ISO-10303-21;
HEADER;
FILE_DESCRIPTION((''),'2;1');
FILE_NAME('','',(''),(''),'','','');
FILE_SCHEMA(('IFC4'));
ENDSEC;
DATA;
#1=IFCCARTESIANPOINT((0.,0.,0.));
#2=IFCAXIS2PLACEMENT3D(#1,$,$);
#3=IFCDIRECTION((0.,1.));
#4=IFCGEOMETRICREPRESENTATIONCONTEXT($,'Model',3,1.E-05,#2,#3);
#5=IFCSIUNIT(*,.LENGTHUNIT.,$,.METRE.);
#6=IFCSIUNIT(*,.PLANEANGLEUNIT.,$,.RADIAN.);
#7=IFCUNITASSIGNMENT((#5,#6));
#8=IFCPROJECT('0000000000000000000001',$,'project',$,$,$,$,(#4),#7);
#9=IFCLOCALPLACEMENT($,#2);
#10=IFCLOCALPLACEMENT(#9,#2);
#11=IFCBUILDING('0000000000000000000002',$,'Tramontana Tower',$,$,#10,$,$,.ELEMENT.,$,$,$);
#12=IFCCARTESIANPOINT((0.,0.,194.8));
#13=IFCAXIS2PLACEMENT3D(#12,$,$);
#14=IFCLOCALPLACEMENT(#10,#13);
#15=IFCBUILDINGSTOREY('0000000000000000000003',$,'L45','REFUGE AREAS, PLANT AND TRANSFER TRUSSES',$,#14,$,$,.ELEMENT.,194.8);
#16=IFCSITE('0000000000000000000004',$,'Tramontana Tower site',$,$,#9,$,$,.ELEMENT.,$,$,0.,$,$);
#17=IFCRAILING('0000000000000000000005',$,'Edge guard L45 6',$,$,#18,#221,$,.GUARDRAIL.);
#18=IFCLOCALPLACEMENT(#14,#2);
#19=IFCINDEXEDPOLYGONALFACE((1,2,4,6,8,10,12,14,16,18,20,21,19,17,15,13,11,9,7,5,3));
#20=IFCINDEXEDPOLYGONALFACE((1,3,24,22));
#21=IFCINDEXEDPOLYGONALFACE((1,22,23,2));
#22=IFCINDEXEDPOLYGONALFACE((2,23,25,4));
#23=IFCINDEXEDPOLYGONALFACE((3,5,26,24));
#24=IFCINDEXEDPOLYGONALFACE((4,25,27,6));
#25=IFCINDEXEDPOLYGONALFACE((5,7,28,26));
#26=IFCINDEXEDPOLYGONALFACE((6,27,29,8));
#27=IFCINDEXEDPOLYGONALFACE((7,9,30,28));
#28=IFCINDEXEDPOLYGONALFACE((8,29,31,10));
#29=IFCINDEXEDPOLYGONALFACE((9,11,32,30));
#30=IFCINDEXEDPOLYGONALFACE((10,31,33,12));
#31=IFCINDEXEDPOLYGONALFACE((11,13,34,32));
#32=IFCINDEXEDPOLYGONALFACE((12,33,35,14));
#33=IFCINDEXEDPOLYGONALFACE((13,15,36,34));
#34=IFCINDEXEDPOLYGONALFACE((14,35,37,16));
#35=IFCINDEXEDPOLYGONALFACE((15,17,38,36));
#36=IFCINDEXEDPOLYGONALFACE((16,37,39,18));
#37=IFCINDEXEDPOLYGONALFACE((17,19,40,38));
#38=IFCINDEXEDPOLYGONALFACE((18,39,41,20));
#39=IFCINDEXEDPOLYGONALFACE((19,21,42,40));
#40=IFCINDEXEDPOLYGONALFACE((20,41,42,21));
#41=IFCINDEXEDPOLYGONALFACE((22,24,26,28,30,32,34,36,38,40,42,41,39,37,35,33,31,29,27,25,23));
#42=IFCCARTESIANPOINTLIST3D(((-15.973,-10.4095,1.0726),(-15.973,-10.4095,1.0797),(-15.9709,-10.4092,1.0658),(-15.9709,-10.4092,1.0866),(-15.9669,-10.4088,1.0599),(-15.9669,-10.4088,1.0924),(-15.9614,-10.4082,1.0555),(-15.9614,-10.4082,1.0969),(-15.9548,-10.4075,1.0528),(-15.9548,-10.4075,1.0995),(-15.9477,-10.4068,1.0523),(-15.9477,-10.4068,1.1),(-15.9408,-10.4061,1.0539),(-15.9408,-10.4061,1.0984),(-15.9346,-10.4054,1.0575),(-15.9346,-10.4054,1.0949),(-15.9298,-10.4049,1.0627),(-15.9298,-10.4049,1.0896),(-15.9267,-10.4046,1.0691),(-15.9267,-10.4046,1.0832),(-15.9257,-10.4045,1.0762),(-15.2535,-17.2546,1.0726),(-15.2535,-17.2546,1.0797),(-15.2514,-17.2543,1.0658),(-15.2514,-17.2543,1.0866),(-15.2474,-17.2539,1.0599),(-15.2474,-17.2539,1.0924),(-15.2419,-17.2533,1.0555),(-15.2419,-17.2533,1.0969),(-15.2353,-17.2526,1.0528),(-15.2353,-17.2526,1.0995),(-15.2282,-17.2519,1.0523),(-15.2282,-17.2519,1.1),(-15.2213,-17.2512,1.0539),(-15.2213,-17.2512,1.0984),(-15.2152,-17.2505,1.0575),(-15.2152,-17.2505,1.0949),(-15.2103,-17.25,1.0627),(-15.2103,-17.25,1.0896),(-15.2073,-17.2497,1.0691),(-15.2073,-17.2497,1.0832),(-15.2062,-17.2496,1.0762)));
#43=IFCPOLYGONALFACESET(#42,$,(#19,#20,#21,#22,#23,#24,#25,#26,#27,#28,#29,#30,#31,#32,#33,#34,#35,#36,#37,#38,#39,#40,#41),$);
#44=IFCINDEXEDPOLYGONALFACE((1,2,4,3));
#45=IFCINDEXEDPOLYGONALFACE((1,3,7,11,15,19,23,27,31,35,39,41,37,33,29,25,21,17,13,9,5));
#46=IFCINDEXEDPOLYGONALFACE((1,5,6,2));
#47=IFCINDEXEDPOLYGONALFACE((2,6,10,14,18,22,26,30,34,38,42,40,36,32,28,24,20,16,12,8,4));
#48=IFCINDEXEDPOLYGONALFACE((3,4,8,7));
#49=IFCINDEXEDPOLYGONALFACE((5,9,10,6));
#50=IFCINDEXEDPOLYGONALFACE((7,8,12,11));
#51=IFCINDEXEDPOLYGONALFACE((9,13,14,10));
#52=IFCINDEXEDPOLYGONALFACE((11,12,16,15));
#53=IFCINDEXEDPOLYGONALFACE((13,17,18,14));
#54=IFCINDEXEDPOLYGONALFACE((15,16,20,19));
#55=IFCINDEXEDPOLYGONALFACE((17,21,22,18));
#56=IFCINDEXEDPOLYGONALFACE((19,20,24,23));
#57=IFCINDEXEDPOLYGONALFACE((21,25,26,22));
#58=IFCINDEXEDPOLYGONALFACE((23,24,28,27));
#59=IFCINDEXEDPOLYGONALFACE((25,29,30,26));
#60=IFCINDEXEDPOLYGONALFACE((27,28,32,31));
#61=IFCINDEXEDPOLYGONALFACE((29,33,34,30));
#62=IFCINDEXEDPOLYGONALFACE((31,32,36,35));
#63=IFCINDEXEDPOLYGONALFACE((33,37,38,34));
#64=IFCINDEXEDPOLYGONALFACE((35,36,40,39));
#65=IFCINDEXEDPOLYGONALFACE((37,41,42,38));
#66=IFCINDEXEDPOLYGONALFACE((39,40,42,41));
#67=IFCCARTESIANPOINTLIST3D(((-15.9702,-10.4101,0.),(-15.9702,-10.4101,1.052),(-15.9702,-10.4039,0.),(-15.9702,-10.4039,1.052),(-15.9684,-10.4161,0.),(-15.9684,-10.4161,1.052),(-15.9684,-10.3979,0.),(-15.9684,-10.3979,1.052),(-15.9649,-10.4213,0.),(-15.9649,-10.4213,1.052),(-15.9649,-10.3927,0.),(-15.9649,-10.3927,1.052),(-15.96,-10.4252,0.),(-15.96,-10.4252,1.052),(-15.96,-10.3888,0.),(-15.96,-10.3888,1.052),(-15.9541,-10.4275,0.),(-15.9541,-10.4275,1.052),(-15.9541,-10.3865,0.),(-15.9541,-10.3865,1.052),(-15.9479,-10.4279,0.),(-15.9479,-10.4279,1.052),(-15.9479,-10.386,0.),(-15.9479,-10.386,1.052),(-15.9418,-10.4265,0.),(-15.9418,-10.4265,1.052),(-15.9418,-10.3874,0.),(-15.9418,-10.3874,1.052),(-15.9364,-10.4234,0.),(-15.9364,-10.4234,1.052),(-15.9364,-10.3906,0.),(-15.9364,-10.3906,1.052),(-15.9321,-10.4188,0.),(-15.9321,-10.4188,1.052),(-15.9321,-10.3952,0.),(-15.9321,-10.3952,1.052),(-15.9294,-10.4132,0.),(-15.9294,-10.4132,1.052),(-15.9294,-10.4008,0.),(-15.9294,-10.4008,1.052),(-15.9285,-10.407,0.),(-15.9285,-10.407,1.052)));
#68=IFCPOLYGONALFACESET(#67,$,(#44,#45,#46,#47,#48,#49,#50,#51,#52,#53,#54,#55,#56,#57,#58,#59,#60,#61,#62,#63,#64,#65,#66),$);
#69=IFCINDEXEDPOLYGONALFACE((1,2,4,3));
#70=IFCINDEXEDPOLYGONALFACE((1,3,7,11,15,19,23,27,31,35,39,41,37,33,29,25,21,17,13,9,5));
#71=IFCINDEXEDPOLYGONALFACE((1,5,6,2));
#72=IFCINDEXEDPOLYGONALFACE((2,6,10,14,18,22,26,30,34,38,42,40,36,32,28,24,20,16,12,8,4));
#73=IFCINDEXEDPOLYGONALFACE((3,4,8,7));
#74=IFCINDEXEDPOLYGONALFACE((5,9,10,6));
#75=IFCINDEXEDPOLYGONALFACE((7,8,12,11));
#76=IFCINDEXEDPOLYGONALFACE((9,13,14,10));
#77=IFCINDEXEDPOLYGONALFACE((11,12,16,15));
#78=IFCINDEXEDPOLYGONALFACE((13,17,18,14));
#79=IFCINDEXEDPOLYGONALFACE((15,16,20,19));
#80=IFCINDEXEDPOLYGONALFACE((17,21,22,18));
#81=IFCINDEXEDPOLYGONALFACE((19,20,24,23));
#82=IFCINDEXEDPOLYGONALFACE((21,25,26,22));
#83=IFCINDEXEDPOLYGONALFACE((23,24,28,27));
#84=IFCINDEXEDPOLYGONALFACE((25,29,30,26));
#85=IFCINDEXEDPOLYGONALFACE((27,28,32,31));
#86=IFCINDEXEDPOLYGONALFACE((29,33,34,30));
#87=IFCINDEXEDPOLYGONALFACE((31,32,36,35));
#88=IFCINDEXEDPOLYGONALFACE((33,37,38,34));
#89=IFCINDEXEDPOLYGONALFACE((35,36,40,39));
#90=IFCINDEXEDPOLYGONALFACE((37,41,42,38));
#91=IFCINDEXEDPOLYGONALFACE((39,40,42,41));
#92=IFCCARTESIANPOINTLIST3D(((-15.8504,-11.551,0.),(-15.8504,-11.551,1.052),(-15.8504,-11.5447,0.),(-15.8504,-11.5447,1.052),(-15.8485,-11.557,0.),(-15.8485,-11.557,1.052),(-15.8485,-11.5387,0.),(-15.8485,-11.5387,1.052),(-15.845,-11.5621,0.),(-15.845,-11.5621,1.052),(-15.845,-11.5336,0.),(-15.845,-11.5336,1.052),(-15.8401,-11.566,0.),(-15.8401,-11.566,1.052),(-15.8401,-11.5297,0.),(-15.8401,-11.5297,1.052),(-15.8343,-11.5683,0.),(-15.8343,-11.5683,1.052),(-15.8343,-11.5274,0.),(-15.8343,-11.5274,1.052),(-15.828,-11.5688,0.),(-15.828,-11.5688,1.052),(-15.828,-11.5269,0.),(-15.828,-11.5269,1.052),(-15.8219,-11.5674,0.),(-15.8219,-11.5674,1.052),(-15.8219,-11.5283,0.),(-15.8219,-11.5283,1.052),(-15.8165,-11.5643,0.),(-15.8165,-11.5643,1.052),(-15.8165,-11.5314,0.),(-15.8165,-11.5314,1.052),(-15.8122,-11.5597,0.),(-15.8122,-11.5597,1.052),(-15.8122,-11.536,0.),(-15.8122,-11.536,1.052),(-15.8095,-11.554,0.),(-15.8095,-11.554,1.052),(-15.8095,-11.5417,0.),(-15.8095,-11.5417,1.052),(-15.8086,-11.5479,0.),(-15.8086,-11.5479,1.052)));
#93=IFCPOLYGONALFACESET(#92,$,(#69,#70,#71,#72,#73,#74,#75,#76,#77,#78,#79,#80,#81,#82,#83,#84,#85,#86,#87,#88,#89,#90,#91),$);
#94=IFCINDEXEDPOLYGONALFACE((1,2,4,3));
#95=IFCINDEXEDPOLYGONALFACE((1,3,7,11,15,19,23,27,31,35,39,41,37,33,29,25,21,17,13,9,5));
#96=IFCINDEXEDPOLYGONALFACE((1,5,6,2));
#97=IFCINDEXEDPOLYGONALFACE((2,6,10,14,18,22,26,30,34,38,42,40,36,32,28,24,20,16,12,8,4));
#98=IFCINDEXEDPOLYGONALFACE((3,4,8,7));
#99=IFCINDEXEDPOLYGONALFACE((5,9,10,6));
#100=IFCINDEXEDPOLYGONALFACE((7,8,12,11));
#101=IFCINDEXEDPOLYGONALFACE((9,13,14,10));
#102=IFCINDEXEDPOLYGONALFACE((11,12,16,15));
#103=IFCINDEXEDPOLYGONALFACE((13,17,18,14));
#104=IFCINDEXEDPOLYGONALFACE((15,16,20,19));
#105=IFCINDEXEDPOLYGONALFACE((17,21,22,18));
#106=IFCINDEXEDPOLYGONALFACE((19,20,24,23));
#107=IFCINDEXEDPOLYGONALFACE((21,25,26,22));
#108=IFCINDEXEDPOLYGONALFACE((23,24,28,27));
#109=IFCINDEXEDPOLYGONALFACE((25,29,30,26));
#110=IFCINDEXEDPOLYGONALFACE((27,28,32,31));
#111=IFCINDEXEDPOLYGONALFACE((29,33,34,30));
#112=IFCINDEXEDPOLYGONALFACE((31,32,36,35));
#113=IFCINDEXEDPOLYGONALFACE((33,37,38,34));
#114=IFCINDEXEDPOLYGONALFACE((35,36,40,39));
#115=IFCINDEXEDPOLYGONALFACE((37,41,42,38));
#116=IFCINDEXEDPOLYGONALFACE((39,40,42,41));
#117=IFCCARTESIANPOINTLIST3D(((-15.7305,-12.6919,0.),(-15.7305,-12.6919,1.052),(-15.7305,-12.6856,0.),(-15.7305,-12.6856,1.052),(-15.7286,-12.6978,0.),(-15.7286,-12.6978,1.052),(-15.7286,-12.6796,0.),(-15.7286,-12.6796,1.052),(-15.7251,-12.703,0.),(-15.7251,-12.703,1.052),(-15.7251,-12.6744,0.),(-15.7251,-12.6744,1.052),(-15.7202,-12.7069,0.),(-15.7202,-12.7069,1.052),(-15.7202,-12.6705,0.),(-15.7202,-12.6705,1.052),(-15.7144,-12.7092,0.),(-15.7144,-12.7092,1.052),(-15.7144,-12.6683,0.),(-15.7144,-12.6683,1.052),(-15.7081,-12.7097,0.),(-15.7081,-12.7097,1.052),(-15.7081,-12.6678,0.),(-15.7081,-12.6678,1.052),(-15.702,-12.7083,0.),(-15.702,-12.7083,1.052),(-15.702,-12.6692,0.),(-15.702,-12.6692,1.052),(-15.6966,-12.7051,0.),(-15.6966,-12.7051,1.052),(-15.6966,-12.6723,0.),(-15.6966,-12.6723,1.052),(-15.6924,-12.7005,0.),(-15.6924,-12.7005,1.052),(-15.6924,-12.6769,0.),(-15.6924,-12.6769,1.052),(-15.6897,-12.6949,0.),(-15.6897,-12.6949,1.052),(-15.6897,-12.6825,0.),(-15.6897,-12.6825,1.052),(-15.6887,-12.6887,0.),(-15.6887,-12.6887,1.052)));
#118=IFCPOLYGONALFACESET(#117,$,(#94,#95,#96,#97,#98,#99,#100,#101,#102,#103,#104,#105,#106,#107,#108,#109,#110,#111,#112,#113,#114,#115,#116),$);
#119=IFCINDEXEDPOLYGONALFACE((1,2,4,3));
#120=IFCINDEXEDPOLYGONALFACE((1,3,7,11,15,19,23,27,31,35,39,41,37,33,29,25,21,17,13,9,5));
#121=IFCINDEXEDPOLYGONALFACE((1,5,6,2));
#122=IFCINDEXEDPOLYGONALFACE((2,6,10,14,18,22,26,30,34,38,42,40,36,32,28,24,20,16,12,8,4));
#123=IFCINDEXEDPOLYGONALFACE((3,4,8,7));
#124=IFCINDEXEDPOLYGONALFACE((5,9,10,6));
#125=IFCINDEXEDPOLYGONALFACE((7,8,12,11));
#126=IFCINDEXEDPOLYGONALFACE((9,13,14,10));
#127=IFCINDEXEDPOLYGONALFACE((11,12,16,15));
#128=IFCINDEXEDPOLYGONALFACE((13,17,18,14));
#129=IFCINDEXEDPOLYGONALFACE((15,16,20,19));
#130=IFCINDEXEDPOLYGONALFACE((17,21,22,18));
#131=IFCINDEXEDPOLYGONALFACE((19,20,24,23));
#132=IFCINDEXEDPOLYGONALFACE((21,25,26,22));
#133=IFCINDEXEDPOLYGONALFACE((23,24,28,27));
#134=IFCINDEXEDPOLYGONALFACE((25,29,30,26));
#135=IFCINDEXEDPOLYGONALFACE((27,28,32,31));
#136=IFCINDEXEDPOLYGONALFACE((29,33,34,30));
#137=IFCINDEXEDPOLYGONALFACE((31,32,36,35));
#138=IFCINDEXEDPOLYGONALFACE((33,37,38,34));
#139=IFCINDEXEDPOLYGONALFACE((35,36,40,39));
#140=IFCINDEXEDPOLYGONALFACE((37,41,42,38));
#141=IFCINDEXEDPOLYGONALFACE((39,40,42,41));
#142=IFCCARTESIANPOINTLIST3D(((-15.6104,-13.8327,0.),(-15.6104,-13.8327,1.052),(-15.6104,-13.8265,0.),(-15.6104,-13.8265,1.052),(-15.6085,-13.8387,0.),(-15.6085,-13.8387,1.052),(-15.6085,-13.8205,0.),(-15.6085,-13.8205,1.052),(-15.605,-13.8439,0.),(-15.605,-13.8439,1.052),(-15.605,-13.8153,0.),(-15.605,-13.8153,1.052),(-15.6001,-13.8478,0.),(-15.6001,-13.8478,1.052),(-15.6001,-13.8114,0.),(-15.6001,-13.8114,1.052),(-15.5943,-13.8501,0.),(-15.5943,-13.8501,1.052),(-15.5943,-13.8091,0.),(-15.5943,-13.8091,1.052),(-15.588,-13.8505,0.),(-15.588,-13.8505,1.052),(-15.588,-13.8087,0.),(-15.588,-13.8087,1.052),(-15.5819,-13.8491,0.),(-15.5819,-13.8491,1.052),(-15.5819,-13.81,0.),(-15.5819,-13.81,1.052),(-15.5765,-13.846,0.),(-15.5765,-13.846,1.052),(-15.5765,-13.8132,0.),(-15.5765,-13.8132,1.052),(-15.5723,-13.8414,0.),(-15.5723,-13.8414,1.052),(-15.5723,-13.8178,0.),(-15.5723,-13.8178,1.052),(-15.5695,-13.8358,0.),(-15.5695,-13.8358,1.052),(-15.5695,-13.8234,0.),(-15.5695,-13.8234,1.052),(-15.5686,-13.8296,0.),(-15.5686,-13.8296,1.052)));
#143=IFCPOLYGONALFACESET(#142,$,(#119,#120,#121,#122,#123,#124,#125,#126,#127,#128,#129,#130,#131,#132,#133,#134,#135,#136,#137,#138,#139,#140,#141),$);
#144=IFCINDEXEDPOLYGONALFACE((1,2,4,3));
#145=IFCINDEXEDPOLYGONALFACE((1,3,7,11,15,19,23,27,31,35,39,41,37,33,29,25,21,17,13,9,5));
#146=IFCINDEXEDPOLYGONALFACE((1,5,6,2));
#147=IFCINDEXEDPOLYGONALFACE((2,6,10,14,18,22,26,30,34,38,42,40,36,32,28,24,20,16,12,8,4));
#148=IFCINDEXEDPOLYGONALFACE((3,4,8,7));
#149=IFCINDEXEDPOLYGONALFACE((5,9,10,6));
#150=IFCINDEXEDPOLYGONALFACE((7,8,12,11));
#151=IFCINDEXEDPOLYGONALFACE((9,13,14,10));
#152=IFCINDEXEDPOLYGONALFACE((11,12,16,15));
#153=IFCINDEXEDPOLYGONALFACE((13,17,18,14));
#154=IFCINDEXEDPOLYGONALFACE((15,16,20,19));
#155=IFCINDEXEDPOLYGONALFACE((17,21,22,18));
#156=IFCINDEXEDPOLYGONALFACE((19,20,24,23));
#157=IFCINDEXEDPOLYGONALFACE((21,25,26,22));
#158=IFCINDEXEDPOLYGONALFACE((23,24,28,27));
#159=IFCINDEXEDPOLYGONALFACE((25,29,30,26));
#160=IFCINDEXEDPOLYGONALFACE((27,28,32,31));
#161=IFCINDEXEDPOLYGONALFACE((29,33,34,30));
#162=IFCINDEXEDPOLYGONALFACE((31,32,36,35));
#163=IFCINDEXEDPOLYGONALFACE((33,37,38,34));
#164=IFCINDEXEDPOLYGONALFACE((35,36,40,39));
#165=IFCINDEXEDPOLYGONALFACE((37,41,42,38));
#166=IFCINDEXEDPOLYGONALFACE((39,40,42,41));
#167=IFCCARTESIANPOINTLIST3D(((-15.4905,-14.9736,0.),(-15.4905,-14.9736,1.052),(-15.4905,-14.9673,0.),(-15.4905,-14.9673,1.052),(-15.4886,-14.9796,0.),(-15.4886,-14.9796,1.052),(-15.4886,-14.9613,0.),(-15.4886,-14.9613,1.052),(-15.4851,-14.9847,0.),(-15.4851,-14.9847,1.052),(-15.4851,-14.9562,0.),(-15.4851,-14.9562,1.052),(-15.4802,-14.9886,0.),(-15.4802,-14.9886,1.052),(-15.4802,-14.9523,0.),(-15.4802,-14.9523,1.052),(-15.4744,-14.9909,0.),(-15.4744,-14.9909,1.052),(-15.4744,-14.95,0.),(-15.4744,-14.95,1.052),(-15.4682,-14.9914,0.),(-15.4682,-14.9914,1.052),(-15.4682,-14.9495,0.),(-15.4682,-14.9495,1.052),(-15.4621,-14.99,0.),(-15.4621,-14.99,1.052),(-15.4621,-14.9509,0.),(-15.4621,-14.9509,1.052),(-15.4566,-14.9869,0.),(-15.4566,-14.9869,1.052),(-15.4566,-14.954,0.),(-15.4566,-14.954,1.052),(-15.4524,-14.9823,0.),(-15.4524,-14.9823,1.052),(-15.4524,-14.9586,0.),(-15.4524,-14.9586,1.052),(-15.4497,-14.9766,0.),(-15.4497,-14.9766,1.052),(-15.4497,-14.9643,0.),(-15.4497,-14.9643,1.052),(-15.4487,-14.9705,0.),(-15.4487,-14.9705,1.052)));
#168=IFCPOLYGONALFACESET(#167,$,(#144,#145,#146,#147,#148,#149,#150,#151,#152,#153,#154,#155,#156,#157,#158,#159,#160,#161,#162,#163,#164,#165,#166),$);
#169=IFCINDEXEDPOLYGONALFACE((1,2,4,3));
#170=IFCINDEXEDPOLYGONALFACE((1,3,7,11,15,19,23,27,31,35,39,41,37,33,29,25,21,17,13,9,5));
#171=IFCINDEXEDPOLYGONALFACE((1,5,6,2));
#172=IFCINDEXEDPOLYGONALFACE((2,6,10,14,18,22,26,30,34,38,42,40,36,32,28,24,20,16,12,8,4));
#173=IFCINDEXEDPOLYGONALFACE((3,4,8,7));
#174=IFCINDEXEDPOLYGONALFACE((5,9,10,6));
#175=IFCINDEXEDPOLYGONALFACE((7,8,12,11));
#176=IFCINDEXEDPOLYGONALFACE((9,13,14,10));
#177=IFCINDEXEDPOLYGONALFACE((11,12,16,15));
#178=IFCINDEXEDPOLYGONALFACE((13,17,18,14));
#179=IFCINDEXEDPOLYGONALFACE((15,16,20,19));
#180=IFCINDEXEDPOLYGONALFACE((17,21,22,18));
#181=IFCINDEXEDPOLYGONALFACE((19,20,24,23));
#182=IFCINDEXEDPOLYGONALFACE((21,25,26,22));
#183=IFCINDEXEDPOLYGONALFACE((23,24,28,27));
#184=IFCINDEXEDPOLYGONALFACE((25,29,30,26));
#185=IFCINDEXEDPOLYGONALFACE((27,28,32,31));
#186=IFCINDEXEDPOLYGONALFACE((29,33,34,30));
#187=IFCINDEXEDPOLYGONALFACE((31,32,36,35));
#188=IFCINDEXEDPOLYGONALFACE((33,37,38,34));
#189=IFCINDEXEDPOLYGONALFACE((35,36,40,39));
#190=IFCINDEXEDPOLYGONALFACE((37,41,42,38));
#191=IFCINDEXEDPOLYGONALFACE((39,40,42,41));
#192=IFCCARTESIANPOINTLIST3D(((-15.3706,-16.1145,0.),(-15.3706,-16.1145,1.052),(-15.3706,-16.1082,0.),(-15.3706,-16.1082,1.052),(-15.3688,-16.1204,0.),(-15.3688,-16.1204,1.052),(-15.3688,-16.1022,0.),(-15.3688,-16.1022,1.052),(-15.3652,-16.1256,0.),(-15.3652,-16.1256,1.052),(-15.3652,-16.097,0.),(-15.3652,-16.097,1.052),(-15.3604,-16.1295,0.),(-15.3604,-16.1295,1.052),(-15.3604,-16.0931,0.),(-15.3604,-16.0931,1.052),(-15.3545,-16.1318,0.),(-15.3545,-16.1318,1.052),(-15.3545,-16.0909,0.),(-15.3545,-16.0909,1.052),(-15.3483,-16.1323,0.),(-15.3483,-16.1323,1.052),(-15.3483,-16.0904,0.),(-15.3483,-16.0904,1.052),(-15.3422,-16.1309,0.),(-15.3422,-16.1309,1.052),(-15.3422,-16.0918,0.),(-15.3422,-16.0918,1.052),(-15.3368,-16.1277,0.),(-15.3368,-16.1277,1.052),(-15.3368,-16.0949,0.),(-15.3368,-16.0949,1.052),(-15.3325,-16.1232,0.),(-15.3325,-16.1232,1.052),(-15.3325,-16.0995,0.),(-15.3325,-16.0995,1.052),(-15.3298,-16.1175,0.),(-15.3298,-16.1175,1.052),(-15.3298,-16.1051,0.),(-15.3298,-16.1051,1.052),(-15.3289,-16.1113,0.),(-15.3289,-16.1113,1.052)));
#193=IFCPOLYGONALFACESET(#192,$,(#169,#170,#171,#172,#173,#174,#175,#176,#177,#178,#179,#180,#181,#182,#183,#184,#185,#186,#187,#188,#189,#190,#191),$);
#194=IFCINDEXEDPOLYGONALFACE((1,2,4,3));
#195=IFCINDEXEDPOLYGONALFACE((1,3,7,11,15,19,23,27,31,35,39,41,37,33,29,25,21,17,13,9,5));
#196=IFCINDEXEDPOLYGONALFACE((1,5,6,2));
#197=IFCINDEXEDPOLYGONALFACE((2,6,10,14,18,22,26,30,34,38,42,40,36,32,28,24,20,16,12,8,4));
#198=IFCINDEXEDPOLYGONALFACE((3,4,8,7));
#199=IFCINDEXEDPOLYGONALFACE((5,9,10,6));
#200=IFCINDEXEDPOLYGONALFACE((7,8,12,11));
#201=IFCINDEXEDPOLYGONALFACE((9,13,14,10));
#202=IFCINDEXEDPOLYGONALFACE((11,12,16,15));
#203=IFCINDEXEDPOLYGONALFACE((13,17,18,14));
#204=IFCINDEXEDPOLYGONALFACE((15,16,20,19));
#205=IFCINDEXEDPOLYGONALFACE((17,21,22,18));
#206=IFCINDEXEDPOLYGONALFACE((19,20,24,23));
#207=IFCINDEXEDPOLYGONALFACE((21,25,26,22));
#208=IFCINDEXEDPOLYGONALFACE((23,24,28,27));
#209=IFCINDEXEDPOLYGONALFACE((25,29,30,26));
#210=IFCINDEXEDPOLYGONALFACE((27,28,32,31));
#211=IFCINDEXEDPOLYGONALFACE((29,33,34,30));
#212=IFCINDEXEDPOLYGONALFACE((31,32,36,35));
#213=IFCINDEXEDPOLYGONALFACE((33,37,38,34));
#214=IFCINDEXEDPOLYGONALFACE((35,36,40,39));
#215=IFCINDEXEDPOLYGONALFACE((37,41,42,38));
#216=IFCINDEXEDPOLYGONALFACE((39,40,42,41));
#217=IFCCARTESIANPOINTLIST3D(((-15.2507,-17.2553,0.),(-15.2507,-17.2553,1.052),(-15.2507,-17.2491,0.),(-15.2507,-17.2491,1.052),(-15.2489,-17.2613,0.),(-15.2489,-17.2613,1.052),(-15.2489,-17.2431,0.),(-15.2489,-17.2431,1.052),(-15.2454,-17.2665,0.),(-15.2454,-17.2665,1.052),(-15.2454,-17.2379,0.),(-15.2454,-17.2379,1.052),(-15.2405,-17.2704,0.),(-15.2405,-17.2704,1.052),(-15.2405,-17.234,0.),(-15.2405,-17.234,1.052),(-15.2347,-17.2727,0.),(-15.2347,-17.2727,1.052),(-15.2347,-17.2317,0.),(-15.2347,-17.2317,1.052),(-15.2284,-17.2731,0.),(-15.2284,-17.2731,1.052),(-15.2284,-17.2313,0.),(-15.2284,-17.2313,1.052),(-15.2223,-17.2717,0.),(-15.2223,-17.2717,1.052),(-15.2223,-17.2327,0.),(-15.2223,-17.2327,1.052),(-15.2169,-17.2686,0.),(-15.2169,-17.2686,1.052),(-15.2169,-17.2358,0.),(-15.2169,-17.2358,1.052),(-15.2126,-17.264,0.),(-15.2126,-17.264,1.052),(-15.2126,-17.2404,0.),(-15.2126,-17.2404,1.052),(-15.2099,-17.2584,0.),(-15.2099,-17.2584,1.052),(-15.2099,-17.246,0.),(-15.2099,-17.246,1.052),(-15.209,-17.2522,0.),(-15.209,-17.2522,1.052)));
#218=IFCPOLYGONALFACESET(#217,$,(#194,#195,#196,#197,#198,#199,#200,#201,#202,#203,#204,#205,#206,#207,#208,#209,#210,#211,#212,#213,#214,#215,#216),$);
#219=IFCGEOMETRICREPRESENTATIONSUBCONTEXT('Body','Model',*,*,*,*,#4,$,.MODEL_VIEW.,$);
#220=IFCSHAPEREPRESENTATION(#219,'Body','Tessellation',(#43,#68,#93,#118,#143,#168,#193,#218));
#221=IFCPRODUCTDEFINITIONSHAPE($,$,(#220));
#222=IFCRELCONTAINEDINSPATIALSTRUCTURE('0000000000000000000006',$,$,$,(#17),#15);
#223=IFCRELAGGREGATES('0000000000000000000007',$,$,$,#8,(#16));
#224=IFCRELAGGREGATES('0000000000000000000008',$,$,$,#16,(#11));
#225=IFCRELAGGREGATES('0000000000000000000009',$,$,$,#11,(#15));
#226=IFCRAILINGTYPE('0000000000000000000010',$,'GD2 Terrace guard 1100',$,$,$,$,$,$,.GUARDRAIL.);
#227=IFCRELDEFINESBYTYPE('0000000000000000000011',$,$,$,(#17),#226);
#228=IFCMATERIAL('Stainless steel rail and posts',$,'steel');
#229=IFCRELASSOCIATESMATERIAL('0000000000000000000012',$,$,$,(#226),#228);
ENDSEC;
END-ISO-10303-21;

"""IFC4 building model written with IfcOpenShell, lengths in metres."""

from ifc_helpers import new_model, si_unit, direction, frame, origin, origin_2d, place, context, subcontext, project, spatial, circle, extrude, material, type_object, element, save


model = new_model("IFC4")

# Units and contexts
model_context = context("Model", 3, precision=1e-05, world=origin(), true_north=direction((0.0, 1.0)))
body_context = subcontext(model_context, "Body", "Model", "MODEL_VIEW")
ifc_project = project(units=[si_unit("LENGTHUNIT", "METRE"), si_unit("PLANEANGLEUNIT", "RADIAN")], contexts=[model_context])

# Site, building, storey
site_placement = place(None, origin())
site = spatial("IfcSite", under=ifc_project, at=site_placement, Name="Tramontana Tower site", CompositionType="ELEMENT", RefElevation=0.0)
building_placement = place(site_placement, origin())
building = spatial("IfcBuilding", under=site, at=building_placement, Name="Tramontana Tower", CompositionType="ELEMENT")
storey_placement = place(building_placement, frame((0.0, 0.0, 194.8)))
storey = spatial("IfcBuildingStorey", under=building, at=storey_placement, Name="L45", Description="REFUGE AREAS, PLANT AND TRANSFER TRUSSES", CompositionType="ELEMENT", Elevation=194.8)

# Railing
ifc_material_1 = material(Name="Stainless steel rail and posts", Category="steel")
railing_type = type_object("IfcRailingType", Name="GD2 Terrace guard 1100", PredefinedType="GUARDRAIL", material=ifc_material_1)
railing_1_placement = place(storey_placement, frame((-15.9495, -10.407, 0.0)))
element("IfcRailing", 1, at=railing_1_placement, inside=storey, type_object=railing_type, Name="Edge guard L45 6", PredefinedType="GUARDRAIL", context=body_context, shape_type="SweptSolid", body=[
    extrude(circle(Radius=0.0239, at=origin_2d()), frame((0.0, 0.0, 1.0762), z_axis=(0.104532, -0.994522, 0.0), x_axis=(0.994522, 0.104532, 0.0)), (0.0, 0.0, 1.0), 6.8828),
    extrude(circle(Radius=0.021, at=origin_2d()), origin(), (0.0, 0.0, 1.0), 1.052),
    extrude(circle(Radius=0.021, at=origin_2d()), frame((0.1199, -1.1409, 0.0)), (0.0, 0.0, 1.0), 1.052),
    extrude(circle(Radius=0.021, at=origin_2d()), frame((0.2397, -2.2817, 0.0)), (0.0, 0.0, 1.0), 1.052),
    extrude(circle(Radius=0.021, at=origin_2d()), frame((0.3599, -3.4226, 0.0)), (0.0, 0.0, 1.0), 1.052),
    extrude(circle(Radius=0.021, at=origin_2d()), frame((0.4797, -4.5635, 0.0)), (0.0, 0.0, 1.0), 1.052),
    extrude(circle(Radius=0.021, at=origin_2d()), frame((0.5996, -5.7043, 0.0)), (0.0, 0.0, 1.0), 1.052),
    extrude(circle(Radius=0.021, at=origin_2d()), frame((0.7195, -6.8452, 0.0)), (0.0, 0.0, 1.0), 1.052),
])

save(model, "model.ifc")
